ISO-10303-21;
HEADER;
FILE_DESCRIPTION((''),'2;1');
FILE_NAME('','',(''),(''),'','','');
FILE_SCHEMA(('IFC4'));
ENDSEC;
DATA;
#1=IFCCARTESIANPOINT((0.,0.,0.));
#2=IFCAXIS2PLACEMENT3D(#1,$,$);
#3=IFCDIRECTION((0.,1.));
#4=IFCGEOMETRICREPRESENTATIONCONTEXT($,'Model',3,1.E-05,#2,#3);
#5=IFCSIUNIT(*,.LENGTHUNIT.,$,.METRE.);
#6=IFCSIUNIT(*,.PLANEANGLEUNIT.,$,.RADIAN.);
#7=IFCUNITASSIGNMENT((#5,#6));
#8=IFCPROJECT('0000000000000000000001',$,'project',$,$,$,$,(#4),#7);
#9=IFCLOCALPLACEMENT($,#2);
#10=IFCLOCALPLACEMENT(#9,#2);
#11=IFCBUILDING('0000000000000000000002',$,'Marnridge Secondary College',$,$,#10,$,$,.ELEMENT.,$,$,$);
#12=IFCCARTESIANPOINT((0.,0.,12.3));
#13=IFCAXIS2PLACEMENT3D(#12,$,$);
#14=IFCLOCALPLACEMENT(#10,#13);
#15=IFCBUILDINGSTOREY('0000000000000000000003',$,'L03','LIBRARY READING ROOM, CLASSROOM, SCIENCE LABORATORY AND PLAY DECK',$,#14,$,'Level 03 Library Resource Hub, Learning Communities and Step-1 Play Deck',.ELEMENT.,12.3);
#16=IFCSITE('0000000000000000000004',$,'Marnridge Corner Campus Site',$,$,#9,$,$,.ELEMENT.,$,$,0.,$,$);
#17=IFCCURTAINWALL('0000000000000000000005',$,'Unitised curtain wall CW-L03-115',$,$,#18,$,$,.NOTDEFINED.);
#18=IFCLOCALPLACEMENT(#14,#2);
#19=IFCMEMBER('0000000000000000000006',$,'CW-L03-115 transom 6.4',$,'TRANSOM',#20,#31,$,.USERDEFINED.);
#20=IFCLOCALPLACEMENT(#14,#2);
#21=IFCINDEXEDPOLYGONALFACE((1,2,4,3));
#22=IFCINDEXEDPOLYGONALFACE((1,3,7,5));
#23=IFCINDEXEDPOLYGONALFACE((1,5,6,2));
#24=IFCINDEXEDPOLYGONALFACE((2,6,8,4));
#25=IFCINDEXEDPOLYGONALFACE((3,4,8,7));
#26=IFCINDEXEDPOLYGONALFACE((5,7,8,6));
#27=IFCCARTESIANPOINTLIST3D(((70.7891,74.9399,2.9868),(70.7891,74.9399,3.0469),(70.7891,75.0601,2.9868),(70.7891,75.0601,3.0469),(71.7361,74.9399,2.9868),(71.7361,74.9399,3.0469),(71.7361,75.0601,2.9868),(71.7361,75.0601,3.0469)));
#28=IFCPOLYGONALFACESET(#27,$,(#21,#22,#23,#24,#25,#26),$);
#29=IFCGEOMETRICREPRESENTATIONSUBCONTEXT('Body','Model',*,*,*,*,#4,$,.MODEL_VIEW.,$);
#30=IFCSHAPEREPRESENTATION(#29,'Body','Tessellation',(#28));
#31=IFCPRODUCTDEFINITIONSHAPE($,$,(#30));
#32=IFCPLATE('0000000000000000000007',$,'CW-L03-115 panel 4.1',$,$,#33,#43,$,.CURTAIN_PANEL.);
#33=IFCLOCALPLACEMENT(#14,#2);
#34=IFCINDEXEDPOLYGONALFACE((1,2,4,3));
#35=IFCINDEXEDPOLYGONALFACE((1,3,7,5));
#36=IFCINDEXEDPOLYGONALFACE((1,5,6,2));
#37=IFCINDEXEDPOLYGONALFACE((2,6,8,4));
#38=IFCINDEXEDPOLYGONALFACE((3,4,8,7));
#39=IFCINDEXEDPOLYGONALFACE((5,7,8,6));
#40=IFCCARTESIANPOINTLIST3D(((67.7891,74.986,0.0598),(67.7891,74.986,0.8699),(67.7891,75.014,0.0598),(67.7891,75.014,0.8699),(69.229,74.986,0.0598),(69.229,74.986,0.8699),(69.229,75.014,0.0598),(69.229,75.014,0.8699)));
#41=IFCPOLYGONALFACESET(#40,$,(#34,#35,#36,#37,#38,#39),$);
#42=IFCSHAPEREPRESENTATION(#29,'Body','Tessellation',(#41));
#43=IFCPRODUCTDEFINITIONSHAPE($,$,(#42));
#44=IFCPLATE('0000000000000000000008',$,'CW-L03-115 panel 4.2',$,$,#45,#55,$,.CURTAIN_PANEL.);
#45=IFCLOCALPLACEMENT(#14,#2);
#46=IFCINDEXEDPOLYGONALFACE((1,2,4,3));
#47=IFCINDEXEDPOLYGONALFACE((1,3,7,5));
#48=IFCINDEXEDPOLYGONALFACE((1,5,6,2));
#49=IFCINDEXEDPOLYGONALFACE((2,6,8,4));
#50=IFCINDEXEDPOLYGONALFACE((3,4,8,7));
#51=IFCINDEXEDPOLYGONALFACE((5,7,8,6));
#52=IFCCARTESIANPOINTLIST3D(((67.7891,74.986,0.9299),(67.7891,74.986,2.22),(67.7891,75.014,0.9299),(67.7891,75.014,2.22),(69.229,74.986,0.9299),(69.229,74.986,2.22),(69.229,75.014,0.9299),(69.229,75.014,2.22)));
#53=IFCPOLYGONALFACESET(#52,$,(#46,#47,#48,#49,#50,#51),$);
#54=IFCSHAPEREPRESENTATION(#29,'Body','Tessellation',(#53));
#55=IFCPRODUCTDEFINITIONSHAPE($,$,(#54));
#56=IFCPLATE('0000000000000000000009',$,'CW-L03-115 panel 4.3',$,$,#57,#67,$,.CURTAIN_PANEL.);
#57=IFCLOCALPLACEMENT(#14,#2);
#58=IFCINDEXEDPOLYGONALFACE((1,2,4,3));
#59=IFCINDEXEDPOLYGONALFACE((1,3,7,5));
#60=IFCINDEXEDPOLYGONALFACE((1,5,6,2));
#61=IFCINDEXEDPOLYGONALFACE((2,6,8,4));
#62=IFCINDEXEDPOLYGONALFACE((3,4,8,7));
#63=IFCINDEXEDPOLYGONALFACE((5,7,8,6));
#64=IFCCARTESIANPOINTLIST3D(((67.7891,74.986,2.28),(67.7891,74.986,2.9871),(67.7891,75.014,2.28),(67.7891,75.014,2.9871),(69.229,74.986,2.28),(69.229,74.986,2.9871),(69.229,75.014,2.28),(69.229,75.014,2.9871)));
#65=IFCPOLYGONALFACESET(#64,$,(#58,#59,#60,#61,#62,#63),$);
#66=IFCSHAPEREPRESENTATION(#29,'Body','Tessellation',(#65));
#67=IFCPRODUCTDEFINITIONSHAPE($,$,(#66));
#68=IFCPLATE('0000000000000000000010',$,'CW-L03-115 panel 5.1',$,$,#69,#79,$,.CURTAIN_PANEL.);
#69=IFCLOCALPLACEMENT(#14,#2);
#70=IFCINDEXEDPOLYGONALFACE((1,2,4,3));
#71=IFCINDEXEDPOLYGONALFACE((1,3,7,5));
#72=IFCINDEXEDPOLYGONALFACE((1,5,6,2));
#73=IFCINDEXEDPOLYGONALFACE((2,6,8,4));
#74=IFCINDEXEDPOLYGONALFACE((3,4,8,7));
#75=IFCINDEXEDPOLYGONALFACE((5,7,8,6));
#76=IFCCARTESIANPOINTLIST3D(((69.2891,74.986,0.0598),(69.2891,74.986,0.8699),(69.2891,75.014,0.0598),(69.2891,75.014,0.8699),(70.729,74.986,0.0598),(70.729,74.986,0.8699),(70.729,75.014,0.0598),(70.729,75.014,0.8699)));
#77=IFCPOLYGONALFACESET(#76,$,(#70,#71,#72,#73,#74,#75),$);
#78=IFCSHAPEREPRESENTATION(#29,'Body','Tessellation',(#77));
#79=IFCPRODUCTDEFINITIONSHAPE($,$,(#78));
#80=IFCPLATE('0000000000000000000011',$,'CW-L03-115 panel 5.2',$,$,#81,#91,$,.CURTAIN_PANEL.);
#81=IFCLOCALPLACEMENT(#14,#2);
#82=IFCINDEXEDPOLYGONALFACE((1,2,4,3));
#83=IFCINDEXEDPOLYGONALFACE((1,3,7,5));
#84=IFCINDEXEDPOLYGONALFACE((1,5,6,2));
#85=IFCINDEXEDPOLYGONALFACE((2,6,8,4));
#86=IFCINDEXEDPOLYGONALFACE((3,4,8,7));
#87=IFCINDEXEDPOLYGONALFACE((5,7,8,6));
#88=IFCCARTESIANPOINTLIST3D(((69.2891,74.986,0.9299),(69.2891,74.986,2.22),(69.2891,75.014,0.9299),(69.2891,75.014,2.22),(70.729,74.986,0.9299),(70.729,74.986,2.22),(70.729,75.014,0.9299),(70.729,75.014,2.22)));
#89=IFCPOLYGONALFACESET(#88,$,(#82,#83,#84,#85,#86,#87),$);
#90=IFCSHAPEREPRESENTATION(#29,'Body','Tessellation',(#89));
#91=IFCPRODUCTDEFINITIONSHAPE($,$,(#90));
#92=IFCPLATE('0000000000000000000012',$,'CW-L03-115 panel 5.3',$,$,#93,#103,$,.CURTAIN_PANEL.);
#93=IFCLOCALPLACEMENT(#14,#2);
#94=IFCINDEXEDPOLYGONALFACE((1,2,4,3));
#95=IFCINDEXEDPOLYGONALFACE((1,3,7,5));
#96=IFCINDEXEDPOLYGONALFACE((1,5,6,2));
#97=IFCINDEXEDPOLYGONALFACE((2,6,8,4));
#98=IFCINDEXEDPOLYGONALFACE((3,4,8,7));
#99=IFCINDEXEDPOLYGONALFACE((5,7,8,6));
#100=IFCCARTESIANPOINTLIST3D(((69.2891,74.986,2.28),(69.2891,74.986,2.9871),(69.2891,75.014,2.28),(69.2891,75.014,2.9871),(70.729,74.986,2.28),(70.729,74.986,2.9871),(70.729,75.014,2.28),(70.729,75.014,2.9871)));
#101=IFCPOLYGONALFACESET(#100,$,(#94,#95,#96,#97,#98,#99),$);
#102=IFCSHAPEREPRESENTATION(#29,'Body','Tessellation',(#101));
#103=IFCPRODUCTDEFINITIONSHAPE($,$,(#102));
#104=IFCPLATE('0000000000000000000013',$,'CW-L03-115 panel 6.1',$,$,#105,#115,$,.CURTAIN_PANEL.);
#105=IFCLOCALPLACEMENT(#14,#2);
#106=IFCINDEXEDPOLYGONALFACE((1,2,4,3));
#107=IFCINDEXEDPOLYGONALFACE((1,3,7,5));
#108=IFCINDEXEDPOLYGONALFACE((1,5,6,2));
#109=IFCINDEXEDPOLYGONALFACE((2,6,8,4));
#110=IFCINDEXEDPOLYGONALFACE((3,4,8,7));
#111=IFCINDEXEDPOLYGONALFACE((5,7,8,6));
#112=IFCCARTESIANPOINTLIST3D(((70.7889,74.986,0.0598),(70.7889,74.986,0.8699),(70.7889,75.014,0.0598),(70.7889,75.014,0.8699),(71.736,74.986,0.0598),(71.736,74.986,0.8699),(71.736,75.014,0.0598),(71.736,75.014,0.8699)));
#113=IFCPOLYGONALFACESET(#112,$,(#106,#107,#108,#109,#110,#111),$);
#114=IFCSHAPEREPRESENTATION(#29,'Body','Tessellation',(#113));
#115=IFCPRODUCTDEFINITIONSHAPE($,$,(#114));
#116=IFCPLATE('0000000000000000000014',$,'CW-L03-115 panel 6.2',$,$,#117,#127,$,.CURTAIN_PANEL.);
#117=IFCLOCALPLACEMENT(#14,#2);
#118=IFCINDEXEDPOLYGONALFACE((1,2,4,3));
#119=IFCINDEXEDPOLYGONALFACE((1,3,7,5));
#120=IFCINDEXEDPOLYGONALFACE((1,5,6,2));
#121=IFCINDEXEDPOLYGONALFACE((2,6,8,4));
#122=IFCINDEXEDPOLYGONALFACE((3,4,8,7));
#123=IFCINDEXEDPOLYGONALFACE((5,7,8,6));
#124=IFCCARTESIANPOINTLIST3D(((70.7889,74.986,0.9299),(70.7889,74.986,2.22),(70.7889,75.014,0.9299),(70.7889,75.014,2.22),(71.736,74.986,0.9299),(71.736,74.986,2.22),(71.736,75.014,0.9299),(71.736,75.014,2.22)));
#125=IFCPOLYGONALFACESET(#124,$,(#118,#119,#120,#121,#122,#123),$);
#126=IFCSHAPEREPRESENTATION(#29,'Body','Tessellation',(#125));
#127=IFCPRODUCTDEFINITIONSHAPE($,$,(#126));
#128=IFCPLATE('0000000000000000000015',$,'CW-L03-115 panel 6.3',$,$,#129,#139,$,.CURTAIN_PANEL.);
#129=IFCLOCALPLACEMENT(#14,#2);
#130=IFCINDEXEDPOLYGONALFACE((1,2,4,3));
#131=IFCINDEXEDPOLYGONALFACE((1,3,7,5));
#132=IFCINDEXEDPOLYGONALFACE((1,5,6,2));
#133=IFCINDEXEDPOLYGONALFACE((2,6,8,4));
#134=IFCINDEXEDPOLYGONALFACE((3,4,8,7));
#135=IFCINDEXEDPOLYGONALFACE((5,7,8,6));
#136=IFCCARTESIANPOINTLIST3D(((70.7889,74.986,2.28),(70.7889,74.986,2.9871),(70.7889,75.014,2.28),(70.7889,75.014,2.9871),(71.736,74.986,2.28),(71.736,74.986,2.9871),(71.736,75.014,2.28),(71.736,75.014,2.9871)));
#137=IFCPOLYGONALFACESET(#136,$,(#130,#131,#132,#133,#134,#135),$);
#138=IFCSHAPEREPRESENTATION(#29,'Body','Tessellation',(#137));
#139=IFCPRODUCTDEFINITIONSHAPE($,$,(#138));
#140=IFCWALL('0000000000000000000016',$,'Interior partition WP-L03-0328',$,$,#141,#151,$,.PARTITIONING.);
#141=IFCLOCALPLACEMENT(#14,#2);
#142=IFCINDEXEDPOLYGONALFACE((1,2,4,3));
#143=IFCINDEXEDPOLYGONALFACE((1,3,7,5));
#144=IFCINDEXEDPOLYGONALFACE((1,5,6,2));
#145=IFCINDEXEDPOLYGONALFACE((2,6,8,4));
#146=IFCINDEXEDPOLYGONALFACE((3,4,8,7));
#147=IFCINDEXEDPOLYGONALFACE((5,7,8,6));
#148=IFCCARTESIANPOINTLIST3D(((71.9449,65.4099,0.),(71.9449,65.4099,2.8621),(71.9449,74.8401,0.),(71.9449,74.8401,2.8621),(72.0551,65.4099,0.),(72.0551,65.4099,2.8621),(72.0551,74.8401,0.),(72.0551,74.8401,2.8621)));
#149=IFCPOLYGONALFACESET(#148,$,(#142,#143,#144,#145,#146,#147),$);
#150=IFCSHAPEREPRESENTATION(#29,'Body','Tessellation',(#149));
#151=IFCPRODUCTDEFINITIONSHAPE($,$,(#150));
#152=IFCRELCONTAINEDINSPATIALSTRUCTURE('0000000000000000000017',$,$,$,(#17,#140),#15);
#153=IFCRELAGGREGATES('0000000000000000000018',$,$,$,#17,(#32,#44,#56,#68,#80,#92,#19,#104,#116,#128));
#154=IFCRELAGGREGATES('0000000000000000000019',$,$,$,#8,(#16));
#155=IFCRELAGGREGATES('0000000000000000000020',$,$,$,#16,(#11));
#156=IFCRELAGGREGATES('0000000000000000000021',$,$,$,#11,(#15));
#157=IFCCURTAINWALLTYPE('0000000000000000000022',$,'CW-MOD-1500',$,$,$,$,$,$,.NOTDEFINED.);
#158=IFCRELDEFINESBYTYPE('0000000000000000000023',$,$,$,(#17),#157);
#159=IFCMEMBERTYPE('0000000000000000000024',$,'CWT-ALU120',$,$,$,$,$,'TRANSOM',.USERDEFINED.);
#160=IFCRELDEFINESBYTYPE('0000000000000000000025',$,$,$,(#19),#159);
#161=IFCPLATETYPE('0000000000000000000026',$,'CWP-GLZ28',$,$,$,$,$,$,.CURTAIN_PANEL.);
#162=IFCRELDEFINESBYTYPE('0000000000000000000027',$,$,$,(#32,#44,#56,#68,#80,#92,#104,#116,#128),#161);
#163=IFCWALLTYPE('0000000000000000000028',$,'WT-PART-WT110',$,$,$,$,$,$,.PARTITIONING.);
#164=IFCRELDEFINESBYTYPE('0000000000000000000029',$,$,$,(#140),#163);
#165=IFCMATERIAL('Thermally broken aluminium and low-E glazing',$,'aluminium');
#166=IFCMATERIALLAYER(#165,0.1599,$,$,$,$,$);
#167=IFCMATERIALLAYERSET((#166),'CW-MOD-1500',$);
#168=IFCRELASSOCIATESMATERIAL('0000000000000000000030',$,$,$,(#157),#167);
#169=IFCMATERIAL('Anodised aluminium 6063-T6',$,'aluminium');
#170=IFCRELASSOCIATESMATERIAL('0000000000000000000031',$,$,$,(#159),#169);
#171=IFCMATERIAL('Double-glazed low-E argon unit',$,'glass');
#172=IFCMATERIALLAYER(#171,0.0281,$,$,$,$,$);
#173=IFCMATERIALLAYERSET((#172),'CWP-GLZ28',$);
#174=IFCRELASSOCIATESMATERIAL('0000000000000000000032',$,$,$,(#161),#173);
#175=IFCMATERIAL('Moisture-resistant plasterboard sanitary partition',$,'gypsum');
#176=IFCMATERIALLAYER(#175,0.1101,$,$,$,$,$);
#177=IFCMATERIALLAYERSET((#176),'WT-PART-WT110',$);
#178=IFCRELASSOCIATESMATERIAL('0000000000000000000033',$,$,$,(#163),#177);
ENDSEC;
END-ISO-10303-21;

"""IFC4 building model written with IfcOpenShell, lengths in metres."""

from ifc_helpers import new_model, si_unit, direction, frame, frame_2d, origin, origin_2d, place, context, subcontext, project, spatial, rectangle, extrude, material, layer, layer_set, material_profile, profile_set, type_object, element, aggregate, save


model = new_model("IFC4")

# Units and contexts
model_context = context("Model", 3, precision=1e-05, world=origin(), true_north=direction((0.0, 1.0)))
body_context = subcontext(model_context, "Body", "Model", "MODEL_VIEW")
ifc_project = project(units=[si_unit("LENGTHUNIT", "METRE"), si_unit("PLANEANGLEUNIT", "RADIAN")], contexts=[model_context])

# Site, building, storey
site_placement = place(None, origin())
site = spatial("IfcSite", under=ifc_project, at=site_placement, Name="Marnridge Corner Campus Site", CompositionType="ELEMENT", RefElevation=0.0)
building_placement = place(site_placement, origin())
building = spatial("IfcBuilding", under=site, at=building_placement, Name="Marnridge Secondary College", CompositionType="ELEMENT")
storey_placement = place(building_placement, frame((0.0, 0.0, 12.3)))
storey = spatial("IfcBuildingStorey", under=building, at=storey_placement, Name="L03", Description="LIBRARY READING ROOM, CLASSROOM, SCIENCE LABORATORY AND PLAY DECK", LongName="Level 03 Library Resource Hub, Learning Communities and Step-1 Play Deck", CompositionType="ELEMENT", Elevation=12.3)

# Curtain wall, member, plates
ifc_material_1 = material(Name="Thermally broken aluminium and low-E glazing", Category="aluminium")
ifc_layer_1 = layer(ifc_material_1, 0.1599)
ifc_layer_set_1 = layer_set([ifc_layer_1], Name="CW-MOD-1500")
curtain_wall_type = type_object("IfcCurtainWallType", Name="CW-MOD-1500", PredefinedType="NOTDEFINED", material=ifc_layer_set_1)
curtain_wall_placement = place(storey_placement, origin())
curtain_wall = element("IfcCurtainWall", 1, at=curtain_wall_placement, inside=storey, type_object=curtain_wall_type, Name="Unitised curtain wall CW-L03-115", PredefinedType="NOTDEFINED")
ifc_material_2 = material(Name="Anodised aluminium 6063-T6", Category="aluminium")
ifc_material_profile_1 = material_profile(ifc_material_2, rectangle(XDim=0.0601, YDim=0.1201, at=origin_2d()), Name="ALU 60x120")
ifc_profile_set_1 = profile_set([ifc_material_profile_1], Name="Anodised aluminium 6063-T6")
member_type_1 = type_object("IfcMemberType", Name="CWT-ALU120", ElementType="TRANSOM", PredefinedType="USERDEFINED", material=ifc_profile_set_1)
member_1_placement = place(storey_placement, frame((70.7891, 75.0, 3.0168), z_axis=(1.0, 0.0, 0.0), x_axis=(0.0, 0.0, 1.0)))
member_1 = element("IfcMember", 2, at=member_1_placement, type_object=member_type_1, Name="CW-L03-115 transom 6.4", ObjectType="TRANSOM", PredefinedType="USERDEFINED", context=body_context, shape_type="SweptSolid", body=[
    extrude(rectangle(XDim=0.0601, YDim=0.1201, at=origin_2d()), origin(), (0.0, 0.0, 1.0), 0.947),
])
ifc_material_3 = material(Name="Double-glazed low-E argon unit", Category="glass")
ifc_layer_2 = layer(ifc_material_3, 0.0281)
ifc_layer_set_2 = layer_set([ifc_layer_2], Name="CWP-GLZ28")
plate_type = type_object("IfcPlateType", Name="CWP-GLZ28", PredefinedType="CURTAIN_PANEL", material=ifc_layer_set_2)
plate_1_placement = place(storey_placement, frame((68.509, 75.0, 0.0598), z_axis=(0.0, 0.0, 1.0), x_axis=(1.0, 0.0, 0.0)))
plate_1 = element("IfcPlate", 3, at=plate_1_placement, type_object=plate_type, Name="CW-L03-115 panel 4.1", PredefinedType="CURTAIN_PANEL", context=body_context, shape_type="SweptSolid", body=[
    extrude(rectangle(XDim=1.4399, YDim=0.0281, at=origin_2d()), origin(), (0.0, 0.0, 1.0), 0.8101),
])
plate_2_placement = place(storey_placement, frame((68.509, 75.0, 0.9299), z_axis=(0.0, 0.0, 1.0), x_axis=(1.0, 0.0, 0.0)))
plate_2 = element("IfcPlate", 4, at=plate_2_placement, type_object=plate_type, Name="CW-L03-115 panel 4.2", PredefinedType="CURTAIN_PANEL", context=body_context, shape_type="SweptSolid", body=[
    extrude(rectangle(XDim=1.4399, YDim=0.0281, at=origin_2d()), origin(), (0.0, 0.0, 1.0), 1.29),
])
plate_3_placement = place(storey_placement, frame((68.509, 75.0, 2.28), z_axis=(0.0, 0.0, 1.0), x_axis=(1.0, 0.0, 0.0)))
plate_3 = element("IfcPlate", 5, at=plate_3_placement, type_object=plate_type, Name="CW-L03-115 panel 4.3", PredefinedType="CURTAIN_PANEL", context=body_context, shape_type="SweptSolid", body=[
    extrude(rectangle(XDim=1.4399, YDim=0.0281, at=origin_2d()), origin(), (0.0, 0.0, 1.0), 0.707),
])
plate_4_placement = place(storey_placement, frame((70.009, 75.0, 0.0598), z_axis=(0.0, 0.0, 1.0), x_axis=(1.0, 0.0, 0.0)))
plate_4 = element("IfcPlate", 6, at=plate_4_placement, type_object=plate_type, Name="CW-L03-115 panel 5.1", PredefinedType="CURTAIN_PANEL", context=body_context, shape_type="SweptSolid", body=[
    extrude(rectangle(XDim=1.4399, YDim=0.0281, at=origin_2d()), origin(), (0.0, 0.0, 1.0), 0.8101),
])
plate_5_placement = place(storey_placement, frame((70.009, 75.0, 0.9299), z_axis=(0.0, 0.0, 1.0), x_axis=(1.0, 0.0, 0.0)))
plate_5 = element("IfcPlate", 7, at=plate_5_placement, type_object=plate_type, Name="CW-L03-115 panel 5.2", PredefinedType="CURTAIN_PANEL", context=body_context, shape_type="SweptSolid", body=[
    extrude(rectangle(XDim=1.4399, YDim=0.0281, at=origin_2d()), origin(), (0.0, 0.0, 1.0), 1.29),
])
plate_6_placement = place(storey_placement, frame((70.009, 75.0, 2.28), z_axis=(0.0, 0.0, 1.0), x_axis=(1.0, 0.0, 0.0)))
plate_6 = element("IfcPlate", 8, at=plate_6_placement, type_object=plate_type, Name="CW-L03-115 panel 5.3", PredefinedType="CURTAIN_PANEL", context=body_context, shape_type="SweptSolid", body=[
    extrude(rectangle(XDim=1.4399, YDim=0.0281, at=origin_2d()), origin(), (0.0, 0.0, 1.0), 0.707),
])
plate_7_placement = place(storey_placement, frame((71.2625, 75.0, 0.0598), z_axis=(0.0, 0.0, 1.0), x_axis=(1.0, 0.0, 0.0)))
plate_7 = element("IfcPlate", 9, at=plate_7_placement, type_object=plate_type, Name="CW-L03-115 panel 6.1", PredefinedType="CURTAIN_PANEL", context=body_context, shape_type="SweptSolid", body=[
    extrude(rectangle(XDim=0.947, YDim=0.0281, at=origin_2d()), origin(), (0.0, 0.0, 1.0), 0.8101),
])
plate_8_placement = place(storey_placement, frame((71.2625, 75.0, 0.9299), z_axis=(0.0, 0.0, 1.0), x_axis=(1.0, 0.0, 0.0)))
plate_8 = element("IfcPlate", 10, at=plate_8_placement, type_object=plate_type, Name="CW-L03-115 panel 6.2", PredefinedType="CURTAIN_PANEL", context=body_context, shape_type="SweptSolid", body=[
    extrude(rectangle(XDim=0.947, YDim=0.0281, at=origin_2d()), origin(), (0.0, 0.0, 1.0), 1.29),
])
plate_9_placement = place(storey_placement, frame((71.2625, 75.0, 2.28), z_axis=(0.0, 0.0, 1.0), x_axis=(1.0, 0.0, 0.0)))
plate_9 = element("IfcPlate", 11, at=plate_9_placement, type_object=plate_type, Name="CW-L03-115 panel 6.3", PredefinedType="CURTAIN_PANEL", context=body_context, shape_type="SweptSolid", body=[
    extrude(rectangle(XDim=0.947, YDim=0.0281, at=origin_2d()), origin(), (0.0, 0.0, 1.0), 0.707),
])
aggregate(curtain_wall, [plate_1, plate_2, plate_3, plate_4, plate_5, plate_6, member_1, plate_7, plate_8, plate_9])

# Wall
ifc_material_4 = material(Name="Moisture-resistant plasterboard sanitary partition", Category="gypsum")
ifc_layer_3 = layer(ifc_material_4, 0.1101)
ifc_layer_set_3 = layer_set([ifc_layer_3], Name="WT-PART-WT110")
wall_type = type_object("IfcWallType", Name="WT-PART-WT110", PredefinedType="PARTITIONING", material=ifc_layer_set_3)
wall_placement = place(storey_placement, frame((72.0, 65.4099, 0.0), z_axis=(0.0, 0.0, 1.0), x_axis=(0.0, 1.0, 0.0)))
element("IfcWall", 12, at=wall_placement, inside=storey, type_object=wall_type, Name="Interior partition WP-L03-0328", PredefinedType="PARTITIONING", context=body_context, shape_type="SweptSolid", body=[
    extrude(rectangle(XDim=9.4302, YDim=0.1101, at=frame_2d((4.7151, 0.0))), origin(), (0.0, 0.0, 1.0), 2.8621),
])

save(model, "model.ifc")
